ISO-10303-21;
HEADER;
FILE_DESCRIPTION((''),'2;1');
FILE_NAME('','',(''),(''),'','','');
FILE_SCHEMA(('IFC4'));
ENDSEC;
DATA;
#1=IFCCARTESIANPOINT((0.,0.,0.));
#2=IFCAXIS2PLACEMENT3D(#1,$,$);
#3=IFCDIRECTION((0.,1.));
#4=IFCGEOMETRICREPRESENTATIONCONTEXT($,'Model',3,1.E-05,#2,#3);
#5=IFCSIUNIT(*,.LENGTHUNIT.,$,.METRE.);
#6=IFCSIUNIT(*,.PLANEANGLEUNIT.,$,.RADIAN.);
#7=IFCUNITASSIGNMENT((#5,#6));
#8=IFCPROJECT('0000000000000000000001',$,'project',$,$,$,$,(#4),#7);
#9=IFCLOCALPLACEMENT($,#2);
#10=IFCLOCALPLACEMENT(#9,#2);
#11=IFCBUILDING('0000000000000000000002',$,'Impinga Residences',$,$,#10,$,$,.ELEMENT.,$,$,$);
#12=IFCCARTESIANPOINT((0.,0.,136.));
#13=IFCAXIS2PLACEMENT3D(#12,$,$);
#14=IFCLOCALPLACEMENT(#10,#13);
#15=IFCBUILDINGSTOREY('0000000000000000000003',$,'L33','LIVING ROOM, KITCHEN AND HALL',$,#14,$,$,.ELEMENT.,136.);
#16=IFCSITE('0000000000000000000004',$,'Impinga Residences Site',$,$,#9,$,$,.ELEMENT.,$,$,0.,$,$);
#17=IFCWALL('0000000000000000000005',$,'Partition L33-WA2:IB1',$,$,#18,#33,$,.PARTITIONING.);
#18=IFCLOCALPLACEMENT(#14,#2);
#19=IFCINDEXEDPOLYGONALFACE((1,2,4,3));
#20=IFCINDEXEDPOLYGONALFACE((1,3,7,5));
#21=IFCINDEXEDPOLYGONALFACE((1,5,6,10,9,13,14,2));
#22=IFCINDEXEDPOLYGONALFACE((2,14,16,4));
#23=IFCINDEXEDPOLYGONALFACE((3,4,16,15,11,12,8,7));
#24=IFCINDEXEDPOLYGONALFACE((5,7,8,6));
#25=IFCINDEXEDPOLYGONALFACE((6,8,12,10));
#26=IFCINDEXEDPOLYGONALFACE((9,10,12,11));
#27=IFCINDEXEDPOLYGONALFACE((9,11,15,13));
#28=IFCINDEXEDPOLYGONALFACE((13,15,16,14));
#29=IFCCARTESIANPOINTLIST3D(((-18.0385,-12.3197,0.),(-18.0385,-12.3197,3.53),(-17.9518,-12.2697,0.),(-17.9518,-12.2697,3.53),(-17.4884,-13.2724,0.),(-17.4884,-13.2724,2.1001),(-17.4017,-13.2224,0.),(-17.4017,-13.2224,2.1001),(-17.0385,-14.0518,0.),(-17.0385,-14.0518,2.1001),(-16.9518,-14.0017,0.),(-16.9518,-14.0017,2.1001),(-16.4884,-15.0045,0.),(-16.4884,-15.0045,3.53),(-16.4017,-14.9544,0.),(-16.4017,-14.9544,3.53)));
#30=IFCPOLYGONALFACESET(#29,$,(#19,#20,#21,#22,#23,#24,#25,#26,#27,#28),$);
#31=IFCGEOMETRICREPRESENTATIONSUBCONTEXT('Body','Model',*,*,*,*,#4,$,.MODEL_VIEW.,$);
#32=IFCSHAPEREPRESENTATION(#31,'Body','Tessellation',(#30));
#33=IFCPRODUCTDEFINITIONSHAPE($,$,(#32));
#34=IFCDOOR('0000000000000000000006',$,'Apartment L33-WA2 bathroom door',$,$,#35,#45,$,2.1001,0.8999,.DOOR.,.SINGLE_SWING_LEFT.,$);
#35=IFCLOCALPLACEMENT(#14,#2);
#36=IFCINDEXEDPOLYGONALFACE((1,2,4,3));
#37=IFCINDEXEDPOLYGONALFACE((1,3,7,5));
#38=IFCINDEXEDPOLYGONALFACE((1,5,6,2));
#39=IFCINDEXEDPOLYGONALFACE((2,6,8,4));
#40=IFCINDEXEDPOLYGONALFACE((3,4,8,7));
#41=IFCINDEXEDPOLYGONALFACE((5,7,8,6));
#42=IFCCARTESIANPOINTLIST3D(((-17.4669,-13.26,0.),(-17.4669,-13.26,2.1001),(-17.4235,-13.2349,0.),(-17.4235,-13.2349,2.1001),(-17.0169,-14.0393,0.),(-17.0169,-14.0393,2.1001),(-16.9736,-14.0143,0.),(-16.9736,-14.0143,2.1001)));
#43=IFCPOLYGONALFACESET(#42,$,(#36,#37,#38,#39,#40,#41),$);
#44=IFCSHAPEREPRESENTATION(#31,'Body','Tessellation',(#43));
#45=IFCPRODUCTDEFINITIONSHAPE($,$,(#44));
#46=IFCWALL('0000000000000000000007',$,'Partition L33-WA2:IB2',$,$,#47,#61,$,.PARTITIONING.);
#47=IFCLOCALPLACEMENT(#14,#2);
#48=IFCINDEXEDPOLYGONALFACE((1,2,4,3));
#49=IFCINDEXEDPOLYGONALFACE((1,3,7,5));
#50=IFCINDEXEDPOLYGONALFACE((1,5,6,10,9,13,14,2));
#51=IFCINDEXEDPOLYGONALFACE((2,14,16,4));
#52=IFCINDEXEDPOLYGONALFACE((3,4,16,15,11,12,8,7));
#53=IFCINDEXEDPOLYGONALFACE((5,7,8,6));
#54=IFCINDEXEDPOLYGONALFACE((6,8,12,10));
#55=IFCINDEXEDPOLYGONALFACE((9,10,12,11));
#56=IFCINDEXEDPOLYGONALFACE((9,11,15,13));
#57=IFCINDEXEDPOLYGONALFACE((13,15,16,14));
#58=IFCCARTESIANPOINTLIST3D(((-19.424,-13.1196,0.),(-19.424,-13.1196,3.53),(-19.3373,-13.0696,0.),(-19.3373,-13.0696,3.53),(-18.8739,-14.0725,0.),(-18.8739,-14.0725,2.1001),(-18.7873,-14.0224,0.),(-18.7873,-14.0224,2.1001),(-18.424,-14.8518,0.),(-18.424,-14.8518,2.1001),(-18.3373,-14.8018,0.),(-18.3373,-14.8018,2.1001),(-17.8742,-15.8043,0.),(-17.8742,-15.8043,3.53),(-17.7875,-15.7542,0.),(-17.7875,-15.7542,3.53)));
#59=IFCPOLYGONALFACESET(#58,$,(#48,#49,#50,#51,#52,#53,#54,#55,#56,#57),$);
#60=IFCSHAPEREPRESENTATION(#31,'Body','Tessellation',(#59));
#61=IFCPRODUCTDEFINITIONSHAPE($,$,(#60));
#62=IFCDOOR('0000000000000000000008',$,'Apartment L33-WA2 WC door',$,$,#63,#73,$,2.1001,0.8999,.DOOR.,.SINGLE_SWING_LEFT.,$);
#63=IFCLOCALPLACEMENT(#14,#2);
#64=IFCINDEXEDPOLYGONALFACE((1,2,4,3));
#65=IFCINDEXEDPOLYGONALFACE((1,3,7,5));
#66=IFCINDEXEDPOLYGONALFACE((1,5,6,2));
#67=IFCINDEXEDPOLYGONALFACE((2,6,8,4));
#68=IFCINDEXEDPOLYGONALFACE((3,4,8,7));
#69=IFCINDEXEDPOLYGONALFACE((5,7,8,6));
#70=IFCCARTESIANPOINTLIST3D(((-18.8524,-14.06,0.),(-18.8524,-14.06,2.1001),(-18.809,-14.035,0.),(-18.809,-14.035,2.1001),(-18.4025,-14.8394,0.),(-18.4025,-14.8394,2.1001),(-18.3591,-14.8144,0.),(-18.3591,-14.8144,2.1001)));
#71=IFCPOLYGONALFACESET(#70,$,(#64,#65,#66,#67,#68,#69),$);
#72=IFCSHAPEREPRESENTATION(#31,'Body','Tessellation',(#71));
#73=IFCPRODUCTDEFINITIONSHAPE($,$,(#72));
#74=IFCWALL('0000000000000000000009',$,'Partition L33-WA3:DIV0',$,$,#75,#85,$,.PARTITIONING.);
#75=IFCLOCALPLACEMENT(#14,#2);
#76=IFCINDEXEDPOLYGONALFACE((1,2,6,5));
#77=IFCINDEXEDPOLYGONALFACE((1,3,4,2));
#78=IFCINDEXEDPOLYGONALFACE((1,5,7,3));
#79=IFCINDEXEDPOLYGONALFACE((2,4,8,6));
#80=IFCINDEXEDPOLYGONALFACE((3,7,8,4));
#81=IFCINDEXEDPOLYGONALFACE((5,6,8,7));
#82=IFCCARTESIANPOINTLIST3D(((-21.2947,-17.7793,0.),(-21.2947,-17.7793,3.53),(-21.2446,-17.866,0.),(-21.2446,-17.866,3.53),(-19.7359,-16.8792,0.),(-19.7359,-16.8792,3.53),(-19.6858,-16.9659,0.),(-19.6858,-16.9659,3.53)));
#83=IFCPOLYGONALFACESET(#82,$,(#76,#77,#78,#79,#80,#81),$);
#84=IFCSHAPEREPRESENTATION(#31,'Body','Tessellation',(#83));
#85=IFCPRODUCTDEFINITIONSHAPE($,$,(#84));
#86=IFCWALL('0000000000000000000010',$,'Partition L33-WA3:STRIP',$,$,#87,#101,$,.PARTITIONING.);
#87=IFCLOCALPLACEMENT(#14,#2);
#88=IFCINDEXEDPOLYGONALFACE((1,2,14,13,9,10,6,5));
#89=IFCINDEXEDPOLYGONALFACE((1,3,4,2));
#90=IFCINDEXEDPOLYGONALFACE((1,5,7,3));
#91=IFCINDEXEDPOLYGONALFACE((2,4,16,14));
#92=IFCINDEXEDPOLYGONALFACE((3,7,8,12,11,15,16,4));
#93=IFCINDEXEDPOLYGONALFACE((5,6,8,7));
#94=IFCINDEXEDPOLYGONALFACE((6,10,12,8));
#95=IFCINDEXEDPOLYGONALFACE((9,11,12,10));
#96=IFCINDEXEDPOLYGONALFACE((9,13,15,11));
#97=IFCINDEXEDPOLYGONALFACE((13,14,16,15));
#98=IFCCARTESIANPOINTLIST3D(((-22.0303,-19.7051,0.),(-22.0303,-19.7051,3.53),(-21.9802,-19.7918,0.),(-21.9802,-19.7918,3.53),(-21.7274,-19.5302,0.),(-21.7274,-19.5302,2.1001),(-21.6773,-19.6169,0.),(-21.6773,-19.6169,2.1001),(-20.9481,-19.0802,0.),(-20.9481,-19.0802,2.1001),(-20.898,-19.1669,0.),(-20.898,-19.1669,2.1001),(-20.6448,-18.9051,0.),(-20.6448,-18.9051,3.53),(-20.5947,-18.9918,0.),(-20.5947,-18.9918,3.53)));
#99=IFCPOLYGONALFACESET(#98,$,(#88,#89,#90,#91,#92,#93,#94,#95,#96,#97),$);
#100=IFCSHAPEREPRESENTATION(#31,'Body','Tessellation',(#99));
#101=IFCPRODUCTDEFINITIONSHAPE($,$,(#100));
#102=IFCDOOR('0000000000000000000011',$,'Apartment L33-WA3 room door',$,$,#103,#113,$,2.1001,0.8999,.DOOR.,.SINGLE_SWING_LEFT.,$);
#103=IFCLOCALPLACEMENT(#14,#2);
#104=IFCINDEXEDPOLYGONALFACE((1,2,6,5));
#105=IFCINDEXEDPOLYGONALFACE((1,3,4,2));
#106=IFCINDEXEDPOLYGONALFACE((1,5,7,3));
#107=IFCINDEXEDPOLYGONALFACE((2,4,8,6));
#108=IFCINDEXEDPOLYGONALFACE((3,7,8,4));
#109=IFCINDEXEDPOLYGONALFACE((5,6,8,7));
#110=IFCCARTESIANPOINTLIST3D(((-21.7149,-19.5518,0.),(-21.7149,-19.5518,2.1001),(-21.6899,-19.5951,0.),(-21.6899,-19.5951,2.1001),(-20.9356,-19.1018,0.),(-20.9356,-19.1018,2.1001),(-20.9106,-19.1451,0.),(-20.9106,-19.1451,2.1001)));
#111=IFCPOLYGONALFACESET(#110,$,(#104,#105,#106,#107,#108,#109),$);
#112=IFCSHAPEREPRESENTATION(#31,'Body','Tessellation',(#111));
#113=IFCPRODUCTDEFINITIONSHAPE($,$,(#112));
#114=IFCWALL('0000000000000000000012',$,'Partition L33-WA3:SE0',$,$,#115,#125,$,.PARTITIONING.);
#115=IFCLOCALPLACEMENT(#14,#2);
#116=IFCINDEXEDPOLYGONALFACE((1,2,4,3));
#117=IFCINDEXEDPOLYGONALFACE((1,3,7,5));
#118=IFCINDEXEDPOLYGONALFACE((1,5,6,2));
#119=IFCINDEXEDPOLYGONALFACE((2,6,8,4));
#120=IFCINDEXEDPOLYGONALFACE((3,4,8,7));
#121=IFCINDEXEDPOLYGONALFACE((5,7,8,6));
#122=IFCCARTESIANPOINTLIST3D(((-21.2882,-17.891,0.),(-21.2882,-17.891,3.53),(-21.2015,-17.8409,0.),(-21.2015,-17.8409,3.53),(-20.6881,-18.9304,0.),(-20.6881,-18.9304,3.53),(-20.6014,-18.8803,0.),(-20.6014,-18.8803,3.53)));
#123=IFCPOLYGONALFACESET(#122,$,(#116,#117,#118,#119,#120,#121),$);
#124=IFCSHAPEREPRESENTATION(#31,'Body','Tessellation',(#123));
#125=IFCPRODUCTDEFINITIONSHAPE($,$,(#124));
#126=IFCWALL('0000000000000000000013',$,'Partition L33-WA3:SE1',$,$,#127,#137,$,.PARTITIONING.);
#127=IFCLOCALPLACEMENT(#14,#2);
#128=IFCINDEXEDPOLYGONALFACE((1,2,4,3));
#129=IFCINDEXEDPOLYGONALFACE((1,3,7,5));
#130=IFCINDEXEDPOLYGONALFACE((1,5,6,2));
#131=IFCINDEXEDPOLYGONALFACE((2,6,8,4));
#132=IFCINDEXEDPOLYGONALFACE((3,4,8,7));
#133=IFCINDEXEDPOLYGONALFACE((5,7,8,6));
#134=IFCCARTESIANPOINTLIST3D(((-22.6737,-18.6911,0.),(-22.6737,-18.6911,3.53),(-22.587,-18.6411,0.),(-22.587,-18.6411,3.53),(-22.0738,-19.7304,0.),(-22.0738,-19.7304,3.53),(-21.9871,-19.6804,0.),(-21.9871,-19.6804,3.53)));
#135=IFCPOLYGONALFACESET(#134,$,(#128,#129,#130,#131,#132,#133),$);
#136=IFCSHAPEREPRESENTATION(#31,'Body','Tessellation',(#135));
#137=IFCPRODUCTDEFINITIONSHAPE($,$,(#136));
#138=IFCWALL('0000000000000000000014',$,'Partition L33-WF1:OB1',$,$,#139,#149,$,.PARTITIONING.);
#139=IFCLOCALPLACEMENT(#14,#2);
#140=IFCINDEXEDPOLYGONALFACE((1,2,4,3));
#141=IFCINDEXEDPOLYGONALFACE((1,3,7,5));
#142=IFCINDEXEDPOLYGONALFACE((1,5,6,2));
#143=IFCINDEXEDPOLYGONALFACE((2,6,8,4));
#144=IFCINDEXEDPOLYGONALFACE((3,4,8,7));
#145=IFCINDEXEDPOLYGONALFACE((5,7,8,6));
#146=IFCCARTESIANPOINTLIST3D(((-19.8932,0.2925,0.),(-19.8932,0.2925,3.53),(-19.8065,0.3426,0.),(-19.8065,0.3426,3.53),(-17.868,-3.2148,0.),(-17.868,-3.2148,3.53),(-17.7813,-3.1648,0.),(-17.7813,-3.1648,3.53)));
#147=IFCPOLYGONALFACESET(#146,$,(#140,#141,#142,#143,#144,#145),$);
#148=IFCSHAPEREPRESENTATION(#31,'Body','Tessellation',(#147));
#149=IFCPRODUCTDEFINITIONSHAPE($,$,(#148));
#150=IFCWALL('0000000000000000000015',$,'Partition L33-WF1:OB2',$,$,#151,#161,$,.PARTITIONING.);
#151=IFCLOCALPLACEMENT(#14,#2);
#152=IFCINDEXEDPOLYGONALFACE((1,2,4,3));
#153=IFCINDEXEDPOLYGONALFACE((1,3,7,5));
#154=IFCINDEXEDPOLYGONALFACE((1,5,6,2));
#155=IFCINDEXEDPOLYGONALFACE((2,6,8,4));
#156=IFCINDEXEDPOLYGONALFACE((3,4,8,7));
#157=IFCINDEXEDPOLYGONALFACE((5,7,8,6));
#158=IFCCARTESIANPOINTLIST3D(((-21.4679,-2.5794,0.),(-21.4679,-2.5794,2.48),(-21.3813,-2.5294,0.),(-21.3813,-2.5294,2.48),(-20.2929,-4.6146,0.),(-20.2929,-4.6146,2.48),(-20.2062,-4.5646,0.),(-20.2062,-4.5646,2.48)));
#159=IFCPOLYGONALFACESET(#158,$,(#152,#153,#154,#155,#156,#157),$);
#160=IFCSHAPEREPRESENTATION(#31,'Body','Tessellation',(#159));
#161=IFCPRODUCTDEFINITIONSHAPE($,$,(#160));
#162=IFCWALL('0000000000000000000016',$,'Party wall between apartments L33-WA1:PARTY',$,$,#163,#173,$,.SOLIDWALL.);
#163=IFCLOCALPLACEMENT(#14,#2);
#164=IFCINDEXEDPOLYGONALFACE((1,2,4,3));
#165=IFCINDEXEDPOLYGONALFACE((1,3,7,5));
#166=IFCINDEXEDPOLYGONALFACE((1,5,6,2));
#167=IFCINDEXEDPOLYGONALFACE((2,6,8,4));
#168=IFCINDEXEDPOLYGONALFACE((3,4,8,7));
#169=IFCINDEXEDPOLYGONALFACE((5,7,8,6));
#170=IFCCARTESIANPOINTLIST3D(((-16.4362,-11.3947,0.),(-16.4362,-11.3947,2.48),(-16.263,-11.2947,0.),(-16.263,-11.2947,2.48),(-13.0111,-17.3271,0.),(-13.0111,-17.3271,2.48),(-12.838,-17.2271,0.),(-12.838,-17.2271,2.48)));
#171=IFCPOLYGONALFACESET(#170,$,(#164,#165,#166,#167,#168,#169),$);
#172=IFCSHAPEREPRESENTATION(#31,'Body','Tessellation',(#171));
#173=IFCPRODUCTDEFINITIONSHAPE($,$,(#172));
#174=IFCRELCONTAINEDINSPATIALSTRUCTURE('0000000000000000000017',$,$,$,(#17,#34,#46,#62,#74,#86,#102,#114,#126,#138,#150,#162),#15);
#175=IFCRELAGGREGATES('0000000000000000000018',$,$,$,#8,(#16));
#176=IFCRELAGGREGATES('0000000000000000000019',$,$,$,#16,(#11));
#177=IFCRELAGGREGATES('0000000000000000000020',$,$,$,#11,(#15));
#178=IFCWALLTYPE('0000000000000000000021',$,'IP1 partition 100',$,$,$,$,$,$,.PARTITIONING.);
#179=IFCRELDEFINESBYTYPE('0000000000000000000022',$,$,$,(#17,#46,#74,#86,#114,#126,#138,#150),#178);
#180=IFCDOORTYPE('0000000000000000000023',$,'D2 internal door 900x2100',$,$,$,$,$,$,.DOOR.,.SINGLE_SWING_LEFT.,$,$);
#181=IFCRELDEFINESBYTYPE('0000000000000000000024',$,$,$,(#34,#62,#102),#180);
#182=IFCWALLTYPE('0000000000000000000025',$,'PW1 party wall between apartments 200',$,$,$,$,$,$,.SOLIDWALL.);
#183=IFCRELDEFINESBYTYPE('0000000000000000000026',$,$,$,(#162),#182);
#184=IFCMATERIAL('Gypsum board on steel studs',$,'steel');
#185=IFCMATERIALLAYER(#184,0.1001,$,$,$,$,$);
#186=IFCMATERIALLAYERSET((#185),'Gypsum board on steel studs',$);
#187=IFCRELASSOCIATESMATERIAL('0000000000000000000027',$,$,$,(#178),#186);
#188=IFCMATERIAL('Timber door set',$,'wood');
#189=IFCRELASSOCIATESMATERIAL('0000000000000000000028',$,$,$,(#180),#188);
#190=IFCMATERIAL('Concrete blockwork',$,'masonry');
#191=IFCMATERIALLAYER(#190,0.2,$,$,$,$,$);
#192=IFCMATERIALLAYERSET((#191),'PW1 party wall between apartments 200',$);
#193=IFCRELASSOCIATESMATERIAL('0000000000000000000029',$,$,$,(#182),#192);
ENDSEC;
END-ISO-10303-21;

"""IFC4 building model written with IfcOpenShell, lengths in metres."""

from ifc_helpers import new_model, si_unit, direction, frame, frame_2d, origin, place, context, subcontext, project, spatial, rectangle, extrude, material, layer, layer_set, type_object, element, fill, save


model = new_model("IFC4")

# Units and contexts
model_context = context("Model", 3, precision=1e-05, world=origin(), true_north=direction((0.0, 1.0)))
body_context = subcontext(model_context, "Body", "Model", "MODEL_VIEW")
ifc_project = project(units=[si_unit("LENGTHUNIT", "METRE"), si_unit("PLANEANGLEUNIT", "RADIAN")], contexts=[model_context])

# Site, building, storey
site_placement = place(None, origin())
site = spatial("IfcSite", under=ifc_project, at=site_placement, Name="Impinga Residences Site", CompositionType="ELEMENT", RefElevation=0.0)
building_placement = place(site_placement, origin())
building = spatial("IfcBuilding", under=site, at=building_placement, Name="Impinga Residences", CompositionType="ELEMENT")
storey_placement = place(building_placement, frame((0.0, 0.0, 136.0)))
storey = spatial("IfcBuildingStorey", under=building, at=storey_placement, Name="L33", Description="LIVING ROOM, KITCHEN AND HALL", CompositionType="ELEMENT", Elevation=136.0)

# Shared definitions
ifc_material_1 = material(Name="Concrete blockwork", Category="masonry")
ifc_material_2 = material(Name="Timber door set", Category="wood")

# Shared definitions
ifc_material_3 = material(Name="Gypsum board on steel studs", Category="steel")
ifc_layer_1 = layer(ifc_material_3, 0.1001)
ifc_layer_set_1 = layer_set([ifc_layer_1], Name="Gypsum board on steel studs")
wall_type_1 = type_object("IfcWallType", Name="IP1 partition 100", PredefinedType="PARTITIONING", material=ifc_layer_set_1)

# Shared definitions
door_type_1 = type_object("IfcDoorType", Name="D2 internal door 900x2100", OperationType="SINGLE_SWING_LEFT", PredefinedType="DOOR", material=ifc_material_2)

# Walls, openings, doors
wall_1_placement = place(storey_placement, frame((-17.9951, -12.2947, 0.0), z_axis=(0.0, 0.0, 1.0), x_axis=(0.499993, -0.86603, 0.0)))
wall_1 = element("IfcWall", 1, at=wall_1_placement, inside=storey, type_object=wall_type_1, Name="Partition L33-WA2:IB1", PredefinedType="PARTITIONING", context=body_context, shape_type="SweptSolid", body=[
    extrude(rectangle(XDim=3.1001, YDim=0.1001, at=frame_2d((1.55, 0.0))), origin(), (0.0, 0.0, 1.0), 3.53),
])
opening_1_placement = place(wall_1_placement, frame((1.1001, 0.0, 0.0)))
opening_1 = element("IfcOpeningElement", 2, at=opening_1_placement, cuts=wall_1, PredefinedType="OPENING", context=body_context, shape_type="SweptSolid", body=[
    extrude(rectangle(XDim=0.8999, YDim=2.1001, at=frame_2d((0.45, 1.05))), frame((0.0, 0.0601, 0.0), z_axis=(0.0, -1.0, 0.0), x_axis=(1.0, 0.0, 0.0)), (0.0, 0.0, 1.0), 0.1201),
])
door_1_placement = place(opening_1_placement, origin())
door_1 = element("IfcDoor", 3, at=door_1_placement, inside=storey, type_object=door_type_1, Name="Apartment L33-WA2 bathroom door", OperationType="SINGLE_SWING_LEFT", OverallHeight=2.1001, OverallWidth=0.8999, PredefinedType="DOOR", context=body_context, shape_type="SweptSolid", body=[
    extrude(rectangle(XDim=0.8999, YDim=2.1001, at=frame_2d((0.45, 1.05))), frame((0.0, 0.0249, 0.0), z_axis=(0.0, -1.0, 0.0), x_axis=(1.0, 0.0, 0.0)), (0.0, 0.0, 1.0), 0.05),
])
fill(opening_1, door_1)
wall_2_placement = place(storey_placement, frame((-19.3806, -13.0947, 0.0), z_axis=(0.0, 0.0, 1.0), x_axis=(0.499968, -0.866044, 0.0)))
wall_2 = element("IfcWall", 4, at=wall_2_placement, inside=storey, type_object=wall_type_1, Name="Partition L33-WA2:IB2", PredefinedType="PARTITIONING", context=body_context, shape_type="SweptSolid", body=[
    extrude(rectangle(XDim=3.0999, YDim=0.1001, at=frame_2d((1.5498, 0.0))), origin(), (0.0, 0.0, 1.0), 3.53),
])
opening_2_placement = place(wall_2_placement, frame((1.1001, 0.0, 0.0)))
opening_2 = element("IfcOpeningElement", 5, at=opening_2_placement, cuts=wall_2, PredefinedType="OPENING", context=body_context, shape_type="SweptSolid", body=[
    extrude(rectangle(XDim=0.8999, YDim=2.1001, at=frame_2d((0.45, 1.05))), frame((0.0, 0.0601, 0.0), z_axis=(0.0, -1.0, 0.0), x_axis=(1.0, 0.0, 0.0)), (0.0, 0.0, 1.0), 0.1201),
])
door_2_placement = place(opening_2_placement, origin())
door_2 = element("IfcDoor", 6, at=door_2_placement, inside=storey, type_object=door_type_1, Name="Apartment L33-WA2 WC door", OperationType="SINGLE_SWING_LEFT", OverallHeight=2.1001, OverallWidth=0.8999, PredefinedType="DOOR", context=body_context, shape_type="SweptSolid", body=[
    extrude(rectangle(XDim=0.8999, YDim=2.1001, at=frame_2d((0.45, 1.05))), frame((0.0, 0.0249, 0.0), z_axis=(0.0, -1.0, 0.0), x_axis=(1.0, 0.0, 0.0)), (0.0, 0.0, 1.0), 0.05),
])
fill(opening_2, door_2)

# Wall
wall_3_placement = place(storey_placement, frame((-19.7109, -16.9226, 0.0), z_axis=(0.0, 0.0, 1.0), x_axis=(-0.865989, -0.500063, 0.0)))
element("IfcWall", 7, at=wall_3_placement, inside=storey, type_object=wall_type_1, Name="Partition L33-WA3:DIV0", PredefinedType="PARTITIONING", context=body_context, shape_type="SweptSolid", body=[
    extrude(rectangle(XDim=1.8, YDim=0.1001, at=frame_2d((0.8999, 0.0))), origin(), (0.0, 0.0, 1.0), 3.53),
])

# Wall, opening, door
wall_4_placement = place(storey_placement, frame((-20.6199, -18.9485, 0.0), z_axis=(0.0, 0.0, 1.0), x_axis=(-0.86599, -0.500061, 0.0)))
wall_4 = element("IfcWall", 8, at=wall_4_placement, inside=storey, type_object=wall_type_1, Name="Partition L33-WA3:STRIP", PredefinedType="PARTITIONING", context=body_context, shape_type="SweptSolid", body=[
    extrude(rectangle(XDim=1.5999, YDim=0.1001, at=frame_2d((0.7998, 0.0))), origin(), (0.0, 0.0, 1.0), 3.53),
])
opening_3_placement = place(wall_4_placement, frame((0.3501, 0.0, 0.0)))
opening_3 = element("IfcOpeningElement", 9, at=opening_3_placement, cuts=wall_4, PredefinedType="OPENING", context=body_context, shape_type="SweptSolid", body=[
    extrude(rectangle(XDim=0.8999, YDim=2.1001, at=frame_2d((0.45, 1.05))), frame((0.0, 0.0601, 0.0), z_axis=(0.0, -1.0, 0.0), x_axis=(1.0, 0.0, 0.0)), (0.0, 0.0, 1.0), 0.1201),
])
door_3_placement = place(opening_3_placement, origin())
door_3 = element("IfcDoor", 10, at=door_3_placement, inside=storey, type_object=door_type_1, Name="Apartment L33-WA3 room door", OperationType="SINGLE_SWING_LEFT", OverallHeight=2.1001, OverallWidth=0.8999, PredefinedType="DOOR", context=body_context, shape_type="SweptSolid", body=[
    extrude(rectangle(XDim=0.8999, YDim=2.1001, at=frame_2d((0.45, 1.05))), frame((0.0, 0.0249, 0.0), z_axis=(0.0, -1.0, 0.0), x_axis=(1.0, 0.0, 0.0)), (0.0, 0.0, 1.0), 0.05),
])
fill(opening_3, door_3)

# Walls
wall_5_placement = place(storey_placement, frame((-21.2449, -17.866, 0.0), z_axis=(0.0, 0.0, 1.0), x_axis=(0.500034, -0.866006, 0.0)))
element("IfcWall", 11, at=wall_5_placement, inside=storey, type_object=wall_type_1, Name="Partition L33-WA3:SE0", PredefinedType="PARTITIONING", context=body_context, shape_type="SweptSolid", body=[
    extrude(rectangle(XDim=1.2002, YDim=0.1001, at=frame_2d((0.6001, 0.0))), origin(), (0.0, 0.0, 1.0), 3.53),
])
wall_6_placement = place(storey_placement, frame((-22.6304, -18.666, 0.0), z_axis=(0.0, 0.0, 1.0), x_axis=(0.499881, -0.866094, 0.0)))
element("IfcWall", 12, at=wall_6_placement, inside=storey, type_object=wall_type_1, Name="Partition L33-WA3:SE1", PredefinedType="PARTITIONING", context=body_context, shape_type="SweptSolid", body=[
    extrude(rectangle(XDim=1.2, YDim=0.1001, at=frame_2d((0.6001, 0.0))), origin(), (0.0, 0.0, 1.0), 3.53),
])
wall_7_placement = place(storey_placement, frame((-17.8247, -3.1897, 0.0), z_axis=(0.0, 0.0, 1.0), x_axis=(-0.500036, 0.866005, 0.0)))
element("IfcWall", 13, at=wall_7_placement, inside=storey, type_object=wall_type_1, Name="Partition L33-WF1:OB1", PredefinedType="PARTITIONING", context=body_context, shape_type="SweptSolid", body=[
    extrude(rectangle(XDim=4.05, YDim=0.1001, at=frame_2d((2.0249, 0.0))), origin(), (0.0, 0.0, 1.0), 3.53),
])
wall_8_placement = place(storey_placement, frame((-20.2495, -4.5896, 0.0), z_axis=(0.0, 0.0, 1.0), x_axis=(-0.500016, 0.866016, 0.0)))
element("IfcWall", 14, at=wall_8_placement, inside=storey, type_object=wall_type_1, Name="Partition L33-WF1:OB2", PredefinedType="PARTITIONING", context=body_context, shape_type="SweptSolid", body=[
    extrude(rectangle(XDim=2.3501, YDim=0.1001, at=frame_2d((1.175, 0.0))), origin(), (0.0, 0.0, 1.0), 2.48),
])
ifc_layer_2 = layer(ifc_material_1, 0.2)
ifc_layer_set_2 = layer_set([ifc_layer_2], Name="PW1 party wall between apartments 200")
wall_type_2 = type_object("IfcWallType", Name="PW1 party wall between apartments 200", PredefinedType="SOLIDWALL", material=ifc_layer_set_2)
wall_9_placement = place(storey_placement, frame((-16.3496, -11.3447, 0.0), z_axis=(0.0, 0.0, 1.0), x_axis=(0.499999, -0.866026, 0.0)))
element("IfcWall", 15, at=wall_9_placement, inside=storey, type_object=wall_type_2, Name="Party wall between apartments L33-WA1:PARTY", PredefinedType="SOLIDWALL", context=body_context, shape_type="SweptSolid", body=[
    extrude(rectangle(XDim=6.8501, YDim=0.2, at=frame_2d((3.425, 0.0))), origin(), (0.0, 0.0, 1.0), 2.48),
])

save(model, "model.ifc")
